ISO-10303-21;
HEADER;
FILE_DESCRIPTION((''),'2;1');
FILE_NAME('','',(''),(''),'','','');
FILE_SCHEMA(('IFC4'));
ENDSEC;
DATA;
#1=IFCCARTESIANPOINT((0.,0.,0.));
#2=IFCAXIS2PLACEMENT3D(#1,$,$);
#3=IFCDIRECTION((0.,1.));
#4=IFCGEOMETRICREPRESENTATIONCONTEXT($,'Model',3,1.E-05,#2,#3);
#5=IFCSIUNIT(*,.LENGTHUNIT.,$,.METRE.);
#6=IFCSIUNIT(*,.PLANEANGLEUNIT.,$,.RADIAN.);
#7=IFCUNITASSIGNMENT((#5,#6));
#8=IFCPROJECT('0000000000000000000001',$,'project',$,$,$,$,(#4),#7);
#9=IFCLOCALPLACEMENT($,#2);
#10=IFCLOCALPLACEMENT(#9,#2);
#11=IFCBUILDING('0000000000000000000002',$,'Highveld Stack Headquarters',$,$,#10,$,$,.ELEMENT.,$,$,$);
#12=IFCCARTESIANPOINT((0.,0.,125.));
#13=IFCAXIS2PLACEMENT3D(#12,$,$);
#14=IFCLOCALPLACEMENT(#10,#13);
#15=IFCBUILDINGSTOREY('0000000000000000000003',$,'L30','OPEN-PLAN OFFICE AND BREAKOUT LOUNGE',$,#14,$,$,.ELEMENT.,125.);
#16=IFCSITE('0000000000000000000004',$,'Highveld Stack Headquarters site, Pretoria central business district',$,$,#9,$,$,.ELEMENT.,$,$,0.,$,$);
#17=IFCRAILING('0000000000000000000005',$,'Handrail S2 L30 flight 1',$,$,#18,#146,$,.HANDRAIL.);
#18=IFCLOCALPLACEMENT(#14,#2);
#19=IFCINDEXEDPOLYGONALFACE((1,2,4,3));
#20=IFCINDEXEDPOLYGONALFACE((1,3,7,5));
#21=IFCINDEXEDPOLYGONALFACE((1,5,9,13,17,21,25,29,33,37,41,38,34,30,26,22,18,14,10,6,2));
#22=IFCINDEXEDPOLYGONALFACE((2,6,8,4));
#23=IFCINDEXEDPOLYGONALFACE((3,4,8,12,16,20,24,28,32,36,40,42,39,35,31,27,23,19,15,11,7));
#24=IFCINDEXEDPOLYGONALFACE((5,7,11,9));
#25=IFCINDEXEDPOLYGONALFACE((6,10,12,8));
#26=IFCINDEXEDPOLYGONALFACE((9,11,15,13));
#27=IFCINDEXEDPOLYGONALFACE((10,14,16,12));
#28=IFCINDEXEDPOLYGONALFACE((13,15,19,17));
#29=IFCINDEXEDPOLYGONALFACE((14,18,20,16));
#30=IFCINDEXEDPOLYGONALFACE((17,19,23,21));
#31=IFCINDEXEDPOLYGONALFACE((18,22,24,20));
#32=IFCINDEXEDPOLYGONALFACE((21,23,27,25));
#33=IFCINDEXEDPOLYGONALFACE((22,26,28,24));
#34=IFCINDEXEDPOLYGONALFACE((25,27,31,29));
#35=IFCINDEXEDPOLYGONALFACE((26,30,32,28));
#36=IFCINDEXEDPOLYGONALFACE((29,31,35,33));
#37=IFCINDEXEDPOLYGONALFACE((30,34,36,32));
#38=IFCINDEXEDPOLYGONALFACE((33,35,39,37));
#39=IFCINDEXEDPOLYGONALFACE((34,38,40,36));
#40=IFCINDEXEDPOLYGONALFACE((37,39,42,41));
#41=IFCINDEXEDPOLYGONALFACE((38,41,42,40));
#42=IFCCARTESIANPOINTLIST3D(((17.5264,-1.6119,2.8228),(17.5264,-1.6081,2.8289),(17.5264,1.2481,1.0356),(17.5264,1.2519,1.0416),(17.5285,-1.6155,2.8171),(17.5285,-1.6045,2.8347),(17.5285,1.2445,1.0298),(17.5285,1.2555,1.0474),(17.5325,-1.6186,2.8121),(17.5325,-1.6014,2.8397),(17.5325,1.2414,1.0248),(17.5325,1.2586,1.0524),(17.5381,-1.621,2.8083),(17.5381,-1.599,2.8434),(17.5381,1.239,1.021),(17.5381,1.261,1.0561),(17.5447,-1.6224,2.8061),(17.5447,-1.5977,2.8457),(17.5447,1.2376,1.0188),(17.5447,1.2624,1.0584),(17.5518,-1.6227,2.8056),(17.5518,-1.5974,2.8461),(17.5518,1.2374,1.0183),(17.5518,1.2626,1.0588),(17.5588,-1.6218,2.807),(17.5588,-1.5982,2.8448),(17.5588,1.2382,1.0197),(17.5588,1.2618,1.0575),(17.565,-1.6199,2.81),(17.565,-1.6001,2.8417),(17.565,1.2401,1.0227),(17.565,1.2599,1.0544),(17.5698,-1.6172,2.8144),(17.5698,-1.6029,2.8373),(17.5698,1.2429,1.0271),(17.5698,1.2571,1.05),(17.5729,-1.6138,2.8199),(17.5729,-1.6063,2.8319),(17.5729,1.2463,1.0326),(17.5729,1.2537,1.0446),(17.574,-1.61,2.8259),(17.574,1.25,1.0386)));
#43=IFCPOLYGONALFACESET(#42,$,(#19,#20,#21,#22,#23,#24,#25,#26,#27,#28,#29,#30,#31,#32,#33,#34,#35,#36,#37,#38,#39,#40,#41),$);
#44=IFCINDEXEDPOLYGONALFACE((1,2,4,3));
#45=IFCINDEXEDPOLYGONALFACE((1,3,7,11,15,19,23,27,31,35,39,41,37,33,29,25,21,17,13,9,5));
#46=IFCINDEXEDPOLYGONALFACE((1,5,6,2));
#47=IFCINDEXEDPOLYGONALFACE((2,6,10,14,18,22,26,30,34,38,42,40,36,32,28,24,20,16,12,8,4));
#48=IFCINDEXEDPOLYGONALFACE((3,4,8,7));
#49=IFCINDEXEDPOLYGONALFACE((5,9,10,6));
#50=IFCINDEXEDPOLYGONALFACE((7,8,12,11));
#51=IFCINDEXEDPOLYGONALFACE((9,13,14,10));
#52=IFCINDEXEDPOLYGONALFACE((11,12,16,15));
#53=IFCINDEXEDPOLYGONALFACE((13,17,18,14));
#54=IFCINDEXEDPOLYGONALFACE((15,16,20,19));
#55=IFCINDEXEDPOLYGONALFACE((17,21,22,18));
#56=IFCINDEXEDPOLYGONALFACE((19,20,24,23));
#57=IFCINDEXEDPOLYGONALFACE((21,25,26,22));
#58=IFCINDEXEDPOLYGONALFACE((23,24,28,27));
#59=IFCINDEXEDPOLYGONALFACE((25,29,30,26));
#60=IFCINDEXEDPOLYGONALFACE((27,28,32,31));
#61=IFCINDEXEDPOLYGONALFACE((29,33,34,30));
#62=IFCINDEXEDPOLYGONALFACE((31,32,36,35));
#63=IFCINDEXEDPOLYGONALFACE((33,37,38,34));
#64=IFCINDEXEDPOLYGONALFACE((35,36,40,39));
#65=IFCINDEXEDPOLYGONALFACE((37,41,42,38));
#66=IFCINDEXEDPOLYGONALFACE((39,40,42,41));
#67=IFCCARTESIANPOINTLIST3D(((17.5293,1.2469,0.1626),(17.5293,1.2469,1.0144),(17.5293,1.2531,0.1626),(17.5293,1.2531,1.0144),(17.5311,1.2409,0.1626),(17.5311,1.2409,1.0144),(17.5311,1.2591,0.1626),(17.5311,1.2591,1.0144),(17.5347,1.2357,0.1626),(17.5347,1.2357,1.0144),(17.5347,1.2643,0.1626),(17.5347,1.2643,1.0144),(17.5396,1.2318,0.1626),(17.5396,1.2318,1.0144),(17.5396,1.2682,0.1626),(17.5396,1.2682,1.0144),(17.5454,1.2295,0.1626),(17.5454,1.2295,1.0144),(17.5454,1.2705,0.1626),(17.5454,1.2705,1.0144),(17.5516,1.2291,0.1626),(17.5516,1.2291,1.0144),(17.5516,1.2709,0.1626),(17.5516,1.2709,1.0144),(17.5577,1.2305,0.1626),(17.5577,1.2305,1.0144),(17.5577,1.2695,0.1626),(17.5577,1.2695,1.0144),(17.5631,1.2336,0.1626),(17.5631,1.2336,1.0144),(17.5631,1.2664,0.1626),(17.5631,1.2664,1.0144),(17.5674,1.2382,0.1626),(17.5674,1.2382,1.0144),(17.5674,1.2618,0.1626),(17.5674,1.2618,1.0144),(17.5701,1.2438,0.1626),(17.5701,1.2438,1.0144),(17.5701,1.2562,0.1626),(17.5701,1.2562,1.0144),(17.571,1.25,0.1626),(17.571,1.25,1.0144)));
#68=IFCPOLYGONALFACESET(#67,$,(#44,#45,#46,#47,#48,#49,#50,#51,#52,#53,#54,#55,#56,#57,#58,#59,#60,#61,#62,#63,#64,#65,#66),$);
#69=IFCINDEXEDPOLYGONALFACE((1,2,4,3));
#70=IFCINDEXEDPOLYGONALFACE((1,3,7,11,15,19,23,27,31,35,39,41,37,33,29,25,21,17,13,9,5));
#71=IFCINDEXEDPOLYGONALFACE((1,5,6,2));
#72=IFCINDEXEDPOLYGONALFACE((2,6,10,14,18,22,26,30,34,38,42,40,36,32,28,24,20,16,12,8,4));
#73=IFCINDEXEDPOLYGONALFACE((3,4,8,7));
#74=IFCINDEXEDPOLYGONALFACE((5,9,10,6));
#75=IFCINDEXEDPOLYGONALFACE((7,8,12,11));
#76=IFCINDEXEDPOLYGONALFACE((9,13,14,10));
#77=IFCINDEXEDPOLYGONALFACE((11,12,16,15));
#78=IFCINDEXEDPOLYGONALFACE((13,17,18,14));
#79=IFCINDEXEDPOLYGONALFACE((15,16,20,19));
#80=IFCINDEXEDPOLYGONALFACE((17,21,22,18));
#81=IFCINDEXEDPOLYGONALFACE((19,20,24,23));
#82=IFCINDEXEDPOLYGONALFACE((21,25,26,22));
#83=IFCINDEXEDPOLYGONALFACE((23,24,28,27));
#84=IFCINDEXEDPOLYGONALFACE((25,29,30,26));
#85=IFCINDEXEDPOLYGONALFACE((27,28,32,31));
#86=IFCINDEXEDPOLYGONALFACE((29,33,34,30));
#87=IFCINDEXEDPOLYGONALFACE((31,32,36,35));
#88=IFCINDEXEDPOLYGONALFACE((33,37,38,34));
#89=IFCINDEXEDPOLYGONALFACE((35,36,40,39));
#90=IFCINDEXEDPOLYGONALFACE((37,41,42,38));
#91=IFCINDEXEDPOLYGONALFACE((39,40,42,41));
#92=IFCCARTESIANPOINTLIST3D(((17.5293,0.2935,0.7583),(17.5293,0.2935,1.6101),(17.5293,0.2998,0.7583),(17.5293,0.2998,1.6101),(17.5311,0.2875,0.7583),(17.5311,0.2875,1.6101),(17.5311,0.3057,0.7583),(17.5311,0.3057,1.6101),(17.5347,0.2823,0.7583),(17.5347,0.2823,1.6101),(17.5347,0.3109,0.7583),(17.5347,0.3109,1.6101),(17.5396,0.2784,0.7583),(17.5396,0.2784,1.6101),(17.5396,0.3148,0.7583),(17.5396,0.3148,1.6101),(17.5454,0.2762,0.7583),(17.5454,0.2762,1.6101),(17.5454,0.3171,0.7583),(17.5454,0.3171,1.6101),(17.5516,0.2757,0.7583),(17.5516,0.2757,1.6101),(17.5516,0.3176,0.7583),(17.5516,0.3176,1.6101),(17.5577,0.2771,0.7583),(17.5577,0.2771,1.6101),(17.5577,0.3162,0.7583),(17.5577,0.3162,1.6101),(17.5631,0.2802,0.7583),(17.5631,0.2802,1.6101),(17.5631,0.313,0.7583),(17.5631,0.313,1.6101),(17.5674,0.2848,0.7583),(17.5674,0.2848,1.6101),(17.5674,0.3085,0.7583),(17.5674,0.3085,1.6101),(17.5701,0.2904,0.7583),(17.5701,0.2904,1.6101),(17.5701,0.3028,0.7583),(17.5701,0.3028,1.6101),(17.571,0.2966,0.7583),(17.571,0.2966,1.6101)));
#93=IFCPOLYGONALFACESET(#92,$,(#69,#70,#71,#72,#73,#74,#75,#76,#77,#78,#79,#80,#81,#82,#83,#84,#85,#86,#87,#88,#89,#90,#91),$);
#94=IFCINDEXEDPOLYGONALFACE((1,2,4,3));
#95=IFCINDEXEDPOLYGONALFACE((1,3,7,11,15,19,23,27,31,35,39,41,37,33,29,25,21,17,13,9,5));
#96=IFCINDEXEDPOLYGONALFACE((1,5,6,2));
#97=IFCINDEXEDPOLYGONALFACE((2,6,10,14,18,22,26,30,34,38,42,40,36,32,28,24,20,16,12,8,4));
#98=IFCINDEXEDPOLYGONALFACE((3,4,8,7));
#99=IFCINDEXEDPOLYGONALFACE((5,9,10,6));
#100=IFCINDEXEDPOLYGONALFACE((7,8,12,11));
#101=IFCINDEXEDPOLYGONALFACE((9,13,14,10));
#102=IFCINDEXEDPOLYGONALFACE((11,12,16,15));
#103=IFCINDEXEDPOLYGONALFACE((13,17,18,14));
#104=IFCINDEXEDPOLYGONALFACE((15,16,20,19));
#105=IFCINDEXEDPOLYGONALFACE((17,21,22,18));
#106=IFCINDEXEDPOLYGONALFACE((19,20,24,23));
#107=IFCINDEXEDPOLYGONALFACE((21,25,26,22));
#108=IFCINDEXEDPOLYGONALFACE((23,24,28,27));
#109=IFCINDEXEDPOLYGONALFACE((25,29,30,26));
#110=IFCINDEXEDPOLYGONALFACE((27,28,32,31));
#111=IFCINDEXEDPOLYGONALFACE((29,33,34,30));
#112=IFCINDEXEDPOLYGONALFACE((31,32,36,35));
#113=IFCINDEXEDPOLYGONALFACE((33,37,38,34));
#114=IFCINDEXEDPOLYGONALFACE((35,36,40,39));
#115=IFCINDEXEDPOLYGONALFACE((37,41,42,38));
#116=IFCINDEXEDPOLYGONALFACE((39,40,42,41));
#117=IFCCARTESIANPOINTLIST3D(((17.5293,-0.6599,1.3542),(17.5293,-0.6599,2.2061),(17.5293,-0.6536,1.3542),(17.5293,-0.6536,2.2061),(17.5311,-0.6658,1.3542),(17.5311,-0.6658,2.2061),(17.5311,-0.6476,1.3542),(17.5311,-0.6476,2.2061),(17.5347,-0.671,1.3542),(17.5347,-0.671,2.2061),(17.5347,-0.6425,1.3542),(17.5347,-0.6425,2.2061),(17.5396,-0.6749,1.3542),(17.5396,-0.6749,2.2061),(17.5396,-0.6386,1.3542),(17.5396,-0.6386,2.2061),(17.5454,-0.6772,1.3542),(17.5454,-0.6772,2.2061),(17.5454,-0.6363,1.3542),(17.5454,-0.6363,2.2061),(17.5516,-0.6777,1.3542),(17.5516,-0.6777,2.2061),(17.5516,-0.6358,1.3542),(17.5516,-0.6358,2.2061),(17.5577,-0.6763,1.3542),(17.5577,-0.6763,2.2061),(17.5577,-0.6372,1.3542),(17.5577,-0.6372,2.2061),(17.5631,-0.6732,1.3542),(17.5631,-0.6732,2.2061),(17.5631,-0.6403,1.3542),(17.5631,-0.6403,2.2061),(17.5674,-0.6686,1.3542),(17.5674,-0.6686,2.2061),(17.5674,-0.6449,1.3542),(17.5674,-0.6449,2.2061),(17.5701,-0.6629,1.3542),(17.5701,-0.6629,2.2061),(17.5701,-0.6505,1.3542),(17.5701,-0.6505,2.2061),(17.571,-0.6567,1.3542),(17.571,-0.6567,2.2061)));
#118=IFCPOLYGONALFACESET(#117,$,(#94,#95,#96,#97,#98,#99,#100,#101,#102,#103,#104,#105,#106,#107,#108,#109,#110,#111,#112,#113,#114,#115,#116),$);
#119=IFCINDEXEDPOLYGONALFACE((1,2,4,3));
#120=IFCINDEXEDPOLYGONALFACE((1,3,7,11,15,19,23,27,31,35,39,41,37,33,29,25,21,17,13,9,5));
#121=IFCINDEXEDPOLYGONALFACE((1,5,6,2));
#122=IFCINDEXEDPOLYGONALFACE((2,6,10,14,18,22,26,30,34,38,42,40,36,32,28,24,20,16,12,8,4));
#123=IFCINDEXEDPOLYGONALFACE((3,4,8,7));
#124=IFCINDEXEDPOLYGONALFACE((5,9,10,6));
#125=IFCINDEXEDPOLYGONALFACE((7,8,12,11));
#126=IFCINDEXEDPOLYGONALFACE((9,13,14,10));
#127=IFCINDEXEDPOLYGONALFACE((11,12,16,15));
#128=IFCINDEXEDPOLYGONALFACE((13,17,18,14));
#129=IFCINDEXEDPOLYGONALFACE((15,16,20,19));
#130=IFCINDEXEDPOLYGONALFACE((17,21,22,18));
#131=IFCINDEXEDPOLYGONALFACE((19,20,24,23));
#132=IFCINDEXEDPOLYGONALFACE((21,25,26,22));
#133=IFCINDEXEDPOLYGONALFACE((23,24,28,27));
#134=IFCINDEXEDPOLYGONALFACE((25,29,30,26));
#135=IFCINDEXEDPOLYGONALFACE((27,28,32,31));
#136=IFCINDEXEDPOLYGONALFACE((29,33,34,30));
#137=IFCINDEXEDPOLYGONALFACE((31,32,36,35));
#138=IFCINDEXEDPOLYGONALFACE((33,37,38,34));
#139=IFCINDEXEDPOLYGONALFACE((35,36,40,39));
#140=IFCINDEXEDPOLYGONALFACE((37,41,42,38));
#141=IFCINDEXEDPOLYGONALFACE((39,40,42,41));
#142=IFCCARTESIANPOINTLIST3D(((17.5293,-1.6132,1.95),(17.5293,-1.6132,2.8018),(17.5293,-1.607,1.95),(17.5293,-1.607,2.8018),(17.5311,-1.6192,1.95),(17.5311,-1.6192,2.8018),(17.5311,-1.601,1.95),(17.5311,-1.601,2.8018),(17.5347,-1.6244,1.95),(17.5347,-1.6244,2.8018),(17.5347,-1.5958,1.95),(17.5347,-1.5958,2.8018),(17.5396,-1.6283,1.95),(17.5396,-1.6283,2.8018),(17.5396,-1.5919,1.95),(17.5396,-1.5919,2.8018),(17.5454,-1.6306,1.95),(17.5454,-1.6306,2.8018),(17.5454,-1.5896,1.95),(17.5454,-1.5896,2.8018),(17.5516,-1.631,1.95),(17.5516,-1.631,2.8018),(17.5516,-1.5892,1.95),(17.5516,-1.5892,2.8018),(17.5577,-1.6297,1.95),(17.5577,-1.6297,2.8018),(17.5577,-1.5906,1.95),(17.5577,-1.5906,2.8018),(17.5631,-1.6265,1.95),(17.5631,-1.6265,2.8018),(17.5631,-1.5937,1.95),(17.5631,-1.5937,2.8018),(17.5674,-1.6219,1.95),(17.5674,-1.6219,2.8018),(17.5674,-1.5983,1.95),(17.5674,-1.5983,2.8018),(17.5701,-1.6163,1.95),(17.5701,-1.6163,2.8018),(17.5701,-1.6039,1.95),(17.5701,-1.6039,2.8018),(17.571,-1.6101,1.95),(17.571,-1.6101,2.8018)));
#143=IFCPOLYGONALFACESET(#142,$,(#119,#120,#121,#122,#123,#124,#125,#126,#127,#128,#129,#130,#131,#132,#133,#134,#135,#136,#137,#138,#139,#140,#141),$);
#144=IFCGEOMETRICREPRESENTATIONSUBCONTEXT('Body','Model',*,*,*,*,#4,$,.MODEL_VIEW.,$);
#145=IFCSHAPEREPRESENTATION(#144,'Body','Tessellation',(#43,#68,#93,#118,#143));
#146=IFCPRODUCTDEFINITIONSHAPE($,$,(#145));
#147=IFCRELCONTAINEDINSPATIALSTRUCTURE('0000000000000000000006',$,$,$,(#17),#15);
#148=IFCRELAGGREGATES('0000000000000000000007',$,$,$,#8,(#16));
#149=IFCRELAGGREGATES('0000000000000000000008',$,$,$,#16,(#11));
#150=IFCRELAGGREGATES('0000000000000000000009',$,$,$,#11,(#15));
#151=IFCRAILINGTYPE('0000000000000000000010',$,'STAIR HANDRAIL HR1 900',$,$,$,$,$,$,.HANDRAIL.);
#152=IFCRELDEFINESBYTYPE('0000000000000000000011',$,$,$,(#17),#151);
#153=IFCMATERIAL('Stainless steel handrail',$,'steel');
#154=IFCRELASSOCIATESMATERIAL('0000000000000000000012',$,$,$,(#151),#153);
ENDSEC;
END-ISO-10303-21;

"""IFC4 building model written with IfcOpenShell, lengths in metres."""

from ifc_helpers import new_model, si_unit, direction, frame, origin, origin_2d, place, context, subcontext, project, spatial, circle, extrude, material, type_object, element, save


model = new_model("IFC4")

# Units and contexts
model_context = context("Model", 3, precision=1e-05, world=origin(), true_north=direction((0.0, 1.0)))
body_context = subcontext(model_context, "Body", "Model", "MODEL_VIEW")
ifc_project = project(units=[si_unit("LENGTHUNIT", "METRE"), si_unit("PLANEANGLEUNIT", "RADIAN")], contexts=[model_context])

# Site, building, storey
site_placement = place(None, origin())
site = spatial("IfcSite", under=ifc_project, at=site_placement, Name="Highveld Stack Headquarters site, Pretoria central business district", CompositionType="ELEMENT", RefElevation=0.0)
building_placement = place(site_placement, origin())
building = spatial("IfcBuilding", under=site, at=building_placement, Name="Highveld Stack Headquarters", CompositionType="ELEMENT")
storey_placement = place(building_placement, frame((0.0, 0.0, 125.0)))
storey = spatial("IfcBuildingStorey", under=building, at=storey_placement, Name="L30", Description="OPEN-PLAN OFFICE AND BREAKOUT LOUNGE", CompositionType="ELEMENT", Elevation=125.0)

# Railing
ifc_material_1 = material(Name="Stainless steel handrail", Category="steel")
railing_type = type_object("IfcRailingType", Name="STAIR HANDRAIL HR1 900", PredefinedType="HANDRAIL", material=ifc_material_1)
for number, where, name in (
    (1, (17.55, 1.25, 0.1626), "Handrail S2 L30 flight 1"),
):
    element("IfcRailing", number, at=place(storey_placement, frame(where)), inside=storey, type_object=railing_type, Name=name, PredefinedType="HANDRAIL", context=body_context, shape_type="SweptSolid", body=[
        extrude(circle(Radius=0.0239, at=origin_2d()), frame((0.0, 0.0, 0.876), z_axis=(0.0, -0.848027, 0.529953), x_axis=(1.0, 0.0, 0.0)), (0.0, 0.0, 1.0), 3.3726),
        extrude(circle(Radius=0.021, at=origin_2d()), origin(), (0.0, 0.0, 1.0), 0.8518),
        extrude(circle(Radius=0.021, at=origin_2d()), frame((0.0, -0.9534, 0.5957)), (0.0, 0.0, 1.0), 0.8518),
        extrude(circle(Radius=0.021, at=origin_2d()), frame((0.0, -1.9067, 1.1917)), (0.0, 0.0, 1.0), 0.8518),
        extrude(circle(Radius=0.021, at=origin_2d()), frame((0.0, -2.8601, 1.7874)), (0.0, 0.0, 1.0), 0.8518),
    ])

save(model, "model.ifc")
